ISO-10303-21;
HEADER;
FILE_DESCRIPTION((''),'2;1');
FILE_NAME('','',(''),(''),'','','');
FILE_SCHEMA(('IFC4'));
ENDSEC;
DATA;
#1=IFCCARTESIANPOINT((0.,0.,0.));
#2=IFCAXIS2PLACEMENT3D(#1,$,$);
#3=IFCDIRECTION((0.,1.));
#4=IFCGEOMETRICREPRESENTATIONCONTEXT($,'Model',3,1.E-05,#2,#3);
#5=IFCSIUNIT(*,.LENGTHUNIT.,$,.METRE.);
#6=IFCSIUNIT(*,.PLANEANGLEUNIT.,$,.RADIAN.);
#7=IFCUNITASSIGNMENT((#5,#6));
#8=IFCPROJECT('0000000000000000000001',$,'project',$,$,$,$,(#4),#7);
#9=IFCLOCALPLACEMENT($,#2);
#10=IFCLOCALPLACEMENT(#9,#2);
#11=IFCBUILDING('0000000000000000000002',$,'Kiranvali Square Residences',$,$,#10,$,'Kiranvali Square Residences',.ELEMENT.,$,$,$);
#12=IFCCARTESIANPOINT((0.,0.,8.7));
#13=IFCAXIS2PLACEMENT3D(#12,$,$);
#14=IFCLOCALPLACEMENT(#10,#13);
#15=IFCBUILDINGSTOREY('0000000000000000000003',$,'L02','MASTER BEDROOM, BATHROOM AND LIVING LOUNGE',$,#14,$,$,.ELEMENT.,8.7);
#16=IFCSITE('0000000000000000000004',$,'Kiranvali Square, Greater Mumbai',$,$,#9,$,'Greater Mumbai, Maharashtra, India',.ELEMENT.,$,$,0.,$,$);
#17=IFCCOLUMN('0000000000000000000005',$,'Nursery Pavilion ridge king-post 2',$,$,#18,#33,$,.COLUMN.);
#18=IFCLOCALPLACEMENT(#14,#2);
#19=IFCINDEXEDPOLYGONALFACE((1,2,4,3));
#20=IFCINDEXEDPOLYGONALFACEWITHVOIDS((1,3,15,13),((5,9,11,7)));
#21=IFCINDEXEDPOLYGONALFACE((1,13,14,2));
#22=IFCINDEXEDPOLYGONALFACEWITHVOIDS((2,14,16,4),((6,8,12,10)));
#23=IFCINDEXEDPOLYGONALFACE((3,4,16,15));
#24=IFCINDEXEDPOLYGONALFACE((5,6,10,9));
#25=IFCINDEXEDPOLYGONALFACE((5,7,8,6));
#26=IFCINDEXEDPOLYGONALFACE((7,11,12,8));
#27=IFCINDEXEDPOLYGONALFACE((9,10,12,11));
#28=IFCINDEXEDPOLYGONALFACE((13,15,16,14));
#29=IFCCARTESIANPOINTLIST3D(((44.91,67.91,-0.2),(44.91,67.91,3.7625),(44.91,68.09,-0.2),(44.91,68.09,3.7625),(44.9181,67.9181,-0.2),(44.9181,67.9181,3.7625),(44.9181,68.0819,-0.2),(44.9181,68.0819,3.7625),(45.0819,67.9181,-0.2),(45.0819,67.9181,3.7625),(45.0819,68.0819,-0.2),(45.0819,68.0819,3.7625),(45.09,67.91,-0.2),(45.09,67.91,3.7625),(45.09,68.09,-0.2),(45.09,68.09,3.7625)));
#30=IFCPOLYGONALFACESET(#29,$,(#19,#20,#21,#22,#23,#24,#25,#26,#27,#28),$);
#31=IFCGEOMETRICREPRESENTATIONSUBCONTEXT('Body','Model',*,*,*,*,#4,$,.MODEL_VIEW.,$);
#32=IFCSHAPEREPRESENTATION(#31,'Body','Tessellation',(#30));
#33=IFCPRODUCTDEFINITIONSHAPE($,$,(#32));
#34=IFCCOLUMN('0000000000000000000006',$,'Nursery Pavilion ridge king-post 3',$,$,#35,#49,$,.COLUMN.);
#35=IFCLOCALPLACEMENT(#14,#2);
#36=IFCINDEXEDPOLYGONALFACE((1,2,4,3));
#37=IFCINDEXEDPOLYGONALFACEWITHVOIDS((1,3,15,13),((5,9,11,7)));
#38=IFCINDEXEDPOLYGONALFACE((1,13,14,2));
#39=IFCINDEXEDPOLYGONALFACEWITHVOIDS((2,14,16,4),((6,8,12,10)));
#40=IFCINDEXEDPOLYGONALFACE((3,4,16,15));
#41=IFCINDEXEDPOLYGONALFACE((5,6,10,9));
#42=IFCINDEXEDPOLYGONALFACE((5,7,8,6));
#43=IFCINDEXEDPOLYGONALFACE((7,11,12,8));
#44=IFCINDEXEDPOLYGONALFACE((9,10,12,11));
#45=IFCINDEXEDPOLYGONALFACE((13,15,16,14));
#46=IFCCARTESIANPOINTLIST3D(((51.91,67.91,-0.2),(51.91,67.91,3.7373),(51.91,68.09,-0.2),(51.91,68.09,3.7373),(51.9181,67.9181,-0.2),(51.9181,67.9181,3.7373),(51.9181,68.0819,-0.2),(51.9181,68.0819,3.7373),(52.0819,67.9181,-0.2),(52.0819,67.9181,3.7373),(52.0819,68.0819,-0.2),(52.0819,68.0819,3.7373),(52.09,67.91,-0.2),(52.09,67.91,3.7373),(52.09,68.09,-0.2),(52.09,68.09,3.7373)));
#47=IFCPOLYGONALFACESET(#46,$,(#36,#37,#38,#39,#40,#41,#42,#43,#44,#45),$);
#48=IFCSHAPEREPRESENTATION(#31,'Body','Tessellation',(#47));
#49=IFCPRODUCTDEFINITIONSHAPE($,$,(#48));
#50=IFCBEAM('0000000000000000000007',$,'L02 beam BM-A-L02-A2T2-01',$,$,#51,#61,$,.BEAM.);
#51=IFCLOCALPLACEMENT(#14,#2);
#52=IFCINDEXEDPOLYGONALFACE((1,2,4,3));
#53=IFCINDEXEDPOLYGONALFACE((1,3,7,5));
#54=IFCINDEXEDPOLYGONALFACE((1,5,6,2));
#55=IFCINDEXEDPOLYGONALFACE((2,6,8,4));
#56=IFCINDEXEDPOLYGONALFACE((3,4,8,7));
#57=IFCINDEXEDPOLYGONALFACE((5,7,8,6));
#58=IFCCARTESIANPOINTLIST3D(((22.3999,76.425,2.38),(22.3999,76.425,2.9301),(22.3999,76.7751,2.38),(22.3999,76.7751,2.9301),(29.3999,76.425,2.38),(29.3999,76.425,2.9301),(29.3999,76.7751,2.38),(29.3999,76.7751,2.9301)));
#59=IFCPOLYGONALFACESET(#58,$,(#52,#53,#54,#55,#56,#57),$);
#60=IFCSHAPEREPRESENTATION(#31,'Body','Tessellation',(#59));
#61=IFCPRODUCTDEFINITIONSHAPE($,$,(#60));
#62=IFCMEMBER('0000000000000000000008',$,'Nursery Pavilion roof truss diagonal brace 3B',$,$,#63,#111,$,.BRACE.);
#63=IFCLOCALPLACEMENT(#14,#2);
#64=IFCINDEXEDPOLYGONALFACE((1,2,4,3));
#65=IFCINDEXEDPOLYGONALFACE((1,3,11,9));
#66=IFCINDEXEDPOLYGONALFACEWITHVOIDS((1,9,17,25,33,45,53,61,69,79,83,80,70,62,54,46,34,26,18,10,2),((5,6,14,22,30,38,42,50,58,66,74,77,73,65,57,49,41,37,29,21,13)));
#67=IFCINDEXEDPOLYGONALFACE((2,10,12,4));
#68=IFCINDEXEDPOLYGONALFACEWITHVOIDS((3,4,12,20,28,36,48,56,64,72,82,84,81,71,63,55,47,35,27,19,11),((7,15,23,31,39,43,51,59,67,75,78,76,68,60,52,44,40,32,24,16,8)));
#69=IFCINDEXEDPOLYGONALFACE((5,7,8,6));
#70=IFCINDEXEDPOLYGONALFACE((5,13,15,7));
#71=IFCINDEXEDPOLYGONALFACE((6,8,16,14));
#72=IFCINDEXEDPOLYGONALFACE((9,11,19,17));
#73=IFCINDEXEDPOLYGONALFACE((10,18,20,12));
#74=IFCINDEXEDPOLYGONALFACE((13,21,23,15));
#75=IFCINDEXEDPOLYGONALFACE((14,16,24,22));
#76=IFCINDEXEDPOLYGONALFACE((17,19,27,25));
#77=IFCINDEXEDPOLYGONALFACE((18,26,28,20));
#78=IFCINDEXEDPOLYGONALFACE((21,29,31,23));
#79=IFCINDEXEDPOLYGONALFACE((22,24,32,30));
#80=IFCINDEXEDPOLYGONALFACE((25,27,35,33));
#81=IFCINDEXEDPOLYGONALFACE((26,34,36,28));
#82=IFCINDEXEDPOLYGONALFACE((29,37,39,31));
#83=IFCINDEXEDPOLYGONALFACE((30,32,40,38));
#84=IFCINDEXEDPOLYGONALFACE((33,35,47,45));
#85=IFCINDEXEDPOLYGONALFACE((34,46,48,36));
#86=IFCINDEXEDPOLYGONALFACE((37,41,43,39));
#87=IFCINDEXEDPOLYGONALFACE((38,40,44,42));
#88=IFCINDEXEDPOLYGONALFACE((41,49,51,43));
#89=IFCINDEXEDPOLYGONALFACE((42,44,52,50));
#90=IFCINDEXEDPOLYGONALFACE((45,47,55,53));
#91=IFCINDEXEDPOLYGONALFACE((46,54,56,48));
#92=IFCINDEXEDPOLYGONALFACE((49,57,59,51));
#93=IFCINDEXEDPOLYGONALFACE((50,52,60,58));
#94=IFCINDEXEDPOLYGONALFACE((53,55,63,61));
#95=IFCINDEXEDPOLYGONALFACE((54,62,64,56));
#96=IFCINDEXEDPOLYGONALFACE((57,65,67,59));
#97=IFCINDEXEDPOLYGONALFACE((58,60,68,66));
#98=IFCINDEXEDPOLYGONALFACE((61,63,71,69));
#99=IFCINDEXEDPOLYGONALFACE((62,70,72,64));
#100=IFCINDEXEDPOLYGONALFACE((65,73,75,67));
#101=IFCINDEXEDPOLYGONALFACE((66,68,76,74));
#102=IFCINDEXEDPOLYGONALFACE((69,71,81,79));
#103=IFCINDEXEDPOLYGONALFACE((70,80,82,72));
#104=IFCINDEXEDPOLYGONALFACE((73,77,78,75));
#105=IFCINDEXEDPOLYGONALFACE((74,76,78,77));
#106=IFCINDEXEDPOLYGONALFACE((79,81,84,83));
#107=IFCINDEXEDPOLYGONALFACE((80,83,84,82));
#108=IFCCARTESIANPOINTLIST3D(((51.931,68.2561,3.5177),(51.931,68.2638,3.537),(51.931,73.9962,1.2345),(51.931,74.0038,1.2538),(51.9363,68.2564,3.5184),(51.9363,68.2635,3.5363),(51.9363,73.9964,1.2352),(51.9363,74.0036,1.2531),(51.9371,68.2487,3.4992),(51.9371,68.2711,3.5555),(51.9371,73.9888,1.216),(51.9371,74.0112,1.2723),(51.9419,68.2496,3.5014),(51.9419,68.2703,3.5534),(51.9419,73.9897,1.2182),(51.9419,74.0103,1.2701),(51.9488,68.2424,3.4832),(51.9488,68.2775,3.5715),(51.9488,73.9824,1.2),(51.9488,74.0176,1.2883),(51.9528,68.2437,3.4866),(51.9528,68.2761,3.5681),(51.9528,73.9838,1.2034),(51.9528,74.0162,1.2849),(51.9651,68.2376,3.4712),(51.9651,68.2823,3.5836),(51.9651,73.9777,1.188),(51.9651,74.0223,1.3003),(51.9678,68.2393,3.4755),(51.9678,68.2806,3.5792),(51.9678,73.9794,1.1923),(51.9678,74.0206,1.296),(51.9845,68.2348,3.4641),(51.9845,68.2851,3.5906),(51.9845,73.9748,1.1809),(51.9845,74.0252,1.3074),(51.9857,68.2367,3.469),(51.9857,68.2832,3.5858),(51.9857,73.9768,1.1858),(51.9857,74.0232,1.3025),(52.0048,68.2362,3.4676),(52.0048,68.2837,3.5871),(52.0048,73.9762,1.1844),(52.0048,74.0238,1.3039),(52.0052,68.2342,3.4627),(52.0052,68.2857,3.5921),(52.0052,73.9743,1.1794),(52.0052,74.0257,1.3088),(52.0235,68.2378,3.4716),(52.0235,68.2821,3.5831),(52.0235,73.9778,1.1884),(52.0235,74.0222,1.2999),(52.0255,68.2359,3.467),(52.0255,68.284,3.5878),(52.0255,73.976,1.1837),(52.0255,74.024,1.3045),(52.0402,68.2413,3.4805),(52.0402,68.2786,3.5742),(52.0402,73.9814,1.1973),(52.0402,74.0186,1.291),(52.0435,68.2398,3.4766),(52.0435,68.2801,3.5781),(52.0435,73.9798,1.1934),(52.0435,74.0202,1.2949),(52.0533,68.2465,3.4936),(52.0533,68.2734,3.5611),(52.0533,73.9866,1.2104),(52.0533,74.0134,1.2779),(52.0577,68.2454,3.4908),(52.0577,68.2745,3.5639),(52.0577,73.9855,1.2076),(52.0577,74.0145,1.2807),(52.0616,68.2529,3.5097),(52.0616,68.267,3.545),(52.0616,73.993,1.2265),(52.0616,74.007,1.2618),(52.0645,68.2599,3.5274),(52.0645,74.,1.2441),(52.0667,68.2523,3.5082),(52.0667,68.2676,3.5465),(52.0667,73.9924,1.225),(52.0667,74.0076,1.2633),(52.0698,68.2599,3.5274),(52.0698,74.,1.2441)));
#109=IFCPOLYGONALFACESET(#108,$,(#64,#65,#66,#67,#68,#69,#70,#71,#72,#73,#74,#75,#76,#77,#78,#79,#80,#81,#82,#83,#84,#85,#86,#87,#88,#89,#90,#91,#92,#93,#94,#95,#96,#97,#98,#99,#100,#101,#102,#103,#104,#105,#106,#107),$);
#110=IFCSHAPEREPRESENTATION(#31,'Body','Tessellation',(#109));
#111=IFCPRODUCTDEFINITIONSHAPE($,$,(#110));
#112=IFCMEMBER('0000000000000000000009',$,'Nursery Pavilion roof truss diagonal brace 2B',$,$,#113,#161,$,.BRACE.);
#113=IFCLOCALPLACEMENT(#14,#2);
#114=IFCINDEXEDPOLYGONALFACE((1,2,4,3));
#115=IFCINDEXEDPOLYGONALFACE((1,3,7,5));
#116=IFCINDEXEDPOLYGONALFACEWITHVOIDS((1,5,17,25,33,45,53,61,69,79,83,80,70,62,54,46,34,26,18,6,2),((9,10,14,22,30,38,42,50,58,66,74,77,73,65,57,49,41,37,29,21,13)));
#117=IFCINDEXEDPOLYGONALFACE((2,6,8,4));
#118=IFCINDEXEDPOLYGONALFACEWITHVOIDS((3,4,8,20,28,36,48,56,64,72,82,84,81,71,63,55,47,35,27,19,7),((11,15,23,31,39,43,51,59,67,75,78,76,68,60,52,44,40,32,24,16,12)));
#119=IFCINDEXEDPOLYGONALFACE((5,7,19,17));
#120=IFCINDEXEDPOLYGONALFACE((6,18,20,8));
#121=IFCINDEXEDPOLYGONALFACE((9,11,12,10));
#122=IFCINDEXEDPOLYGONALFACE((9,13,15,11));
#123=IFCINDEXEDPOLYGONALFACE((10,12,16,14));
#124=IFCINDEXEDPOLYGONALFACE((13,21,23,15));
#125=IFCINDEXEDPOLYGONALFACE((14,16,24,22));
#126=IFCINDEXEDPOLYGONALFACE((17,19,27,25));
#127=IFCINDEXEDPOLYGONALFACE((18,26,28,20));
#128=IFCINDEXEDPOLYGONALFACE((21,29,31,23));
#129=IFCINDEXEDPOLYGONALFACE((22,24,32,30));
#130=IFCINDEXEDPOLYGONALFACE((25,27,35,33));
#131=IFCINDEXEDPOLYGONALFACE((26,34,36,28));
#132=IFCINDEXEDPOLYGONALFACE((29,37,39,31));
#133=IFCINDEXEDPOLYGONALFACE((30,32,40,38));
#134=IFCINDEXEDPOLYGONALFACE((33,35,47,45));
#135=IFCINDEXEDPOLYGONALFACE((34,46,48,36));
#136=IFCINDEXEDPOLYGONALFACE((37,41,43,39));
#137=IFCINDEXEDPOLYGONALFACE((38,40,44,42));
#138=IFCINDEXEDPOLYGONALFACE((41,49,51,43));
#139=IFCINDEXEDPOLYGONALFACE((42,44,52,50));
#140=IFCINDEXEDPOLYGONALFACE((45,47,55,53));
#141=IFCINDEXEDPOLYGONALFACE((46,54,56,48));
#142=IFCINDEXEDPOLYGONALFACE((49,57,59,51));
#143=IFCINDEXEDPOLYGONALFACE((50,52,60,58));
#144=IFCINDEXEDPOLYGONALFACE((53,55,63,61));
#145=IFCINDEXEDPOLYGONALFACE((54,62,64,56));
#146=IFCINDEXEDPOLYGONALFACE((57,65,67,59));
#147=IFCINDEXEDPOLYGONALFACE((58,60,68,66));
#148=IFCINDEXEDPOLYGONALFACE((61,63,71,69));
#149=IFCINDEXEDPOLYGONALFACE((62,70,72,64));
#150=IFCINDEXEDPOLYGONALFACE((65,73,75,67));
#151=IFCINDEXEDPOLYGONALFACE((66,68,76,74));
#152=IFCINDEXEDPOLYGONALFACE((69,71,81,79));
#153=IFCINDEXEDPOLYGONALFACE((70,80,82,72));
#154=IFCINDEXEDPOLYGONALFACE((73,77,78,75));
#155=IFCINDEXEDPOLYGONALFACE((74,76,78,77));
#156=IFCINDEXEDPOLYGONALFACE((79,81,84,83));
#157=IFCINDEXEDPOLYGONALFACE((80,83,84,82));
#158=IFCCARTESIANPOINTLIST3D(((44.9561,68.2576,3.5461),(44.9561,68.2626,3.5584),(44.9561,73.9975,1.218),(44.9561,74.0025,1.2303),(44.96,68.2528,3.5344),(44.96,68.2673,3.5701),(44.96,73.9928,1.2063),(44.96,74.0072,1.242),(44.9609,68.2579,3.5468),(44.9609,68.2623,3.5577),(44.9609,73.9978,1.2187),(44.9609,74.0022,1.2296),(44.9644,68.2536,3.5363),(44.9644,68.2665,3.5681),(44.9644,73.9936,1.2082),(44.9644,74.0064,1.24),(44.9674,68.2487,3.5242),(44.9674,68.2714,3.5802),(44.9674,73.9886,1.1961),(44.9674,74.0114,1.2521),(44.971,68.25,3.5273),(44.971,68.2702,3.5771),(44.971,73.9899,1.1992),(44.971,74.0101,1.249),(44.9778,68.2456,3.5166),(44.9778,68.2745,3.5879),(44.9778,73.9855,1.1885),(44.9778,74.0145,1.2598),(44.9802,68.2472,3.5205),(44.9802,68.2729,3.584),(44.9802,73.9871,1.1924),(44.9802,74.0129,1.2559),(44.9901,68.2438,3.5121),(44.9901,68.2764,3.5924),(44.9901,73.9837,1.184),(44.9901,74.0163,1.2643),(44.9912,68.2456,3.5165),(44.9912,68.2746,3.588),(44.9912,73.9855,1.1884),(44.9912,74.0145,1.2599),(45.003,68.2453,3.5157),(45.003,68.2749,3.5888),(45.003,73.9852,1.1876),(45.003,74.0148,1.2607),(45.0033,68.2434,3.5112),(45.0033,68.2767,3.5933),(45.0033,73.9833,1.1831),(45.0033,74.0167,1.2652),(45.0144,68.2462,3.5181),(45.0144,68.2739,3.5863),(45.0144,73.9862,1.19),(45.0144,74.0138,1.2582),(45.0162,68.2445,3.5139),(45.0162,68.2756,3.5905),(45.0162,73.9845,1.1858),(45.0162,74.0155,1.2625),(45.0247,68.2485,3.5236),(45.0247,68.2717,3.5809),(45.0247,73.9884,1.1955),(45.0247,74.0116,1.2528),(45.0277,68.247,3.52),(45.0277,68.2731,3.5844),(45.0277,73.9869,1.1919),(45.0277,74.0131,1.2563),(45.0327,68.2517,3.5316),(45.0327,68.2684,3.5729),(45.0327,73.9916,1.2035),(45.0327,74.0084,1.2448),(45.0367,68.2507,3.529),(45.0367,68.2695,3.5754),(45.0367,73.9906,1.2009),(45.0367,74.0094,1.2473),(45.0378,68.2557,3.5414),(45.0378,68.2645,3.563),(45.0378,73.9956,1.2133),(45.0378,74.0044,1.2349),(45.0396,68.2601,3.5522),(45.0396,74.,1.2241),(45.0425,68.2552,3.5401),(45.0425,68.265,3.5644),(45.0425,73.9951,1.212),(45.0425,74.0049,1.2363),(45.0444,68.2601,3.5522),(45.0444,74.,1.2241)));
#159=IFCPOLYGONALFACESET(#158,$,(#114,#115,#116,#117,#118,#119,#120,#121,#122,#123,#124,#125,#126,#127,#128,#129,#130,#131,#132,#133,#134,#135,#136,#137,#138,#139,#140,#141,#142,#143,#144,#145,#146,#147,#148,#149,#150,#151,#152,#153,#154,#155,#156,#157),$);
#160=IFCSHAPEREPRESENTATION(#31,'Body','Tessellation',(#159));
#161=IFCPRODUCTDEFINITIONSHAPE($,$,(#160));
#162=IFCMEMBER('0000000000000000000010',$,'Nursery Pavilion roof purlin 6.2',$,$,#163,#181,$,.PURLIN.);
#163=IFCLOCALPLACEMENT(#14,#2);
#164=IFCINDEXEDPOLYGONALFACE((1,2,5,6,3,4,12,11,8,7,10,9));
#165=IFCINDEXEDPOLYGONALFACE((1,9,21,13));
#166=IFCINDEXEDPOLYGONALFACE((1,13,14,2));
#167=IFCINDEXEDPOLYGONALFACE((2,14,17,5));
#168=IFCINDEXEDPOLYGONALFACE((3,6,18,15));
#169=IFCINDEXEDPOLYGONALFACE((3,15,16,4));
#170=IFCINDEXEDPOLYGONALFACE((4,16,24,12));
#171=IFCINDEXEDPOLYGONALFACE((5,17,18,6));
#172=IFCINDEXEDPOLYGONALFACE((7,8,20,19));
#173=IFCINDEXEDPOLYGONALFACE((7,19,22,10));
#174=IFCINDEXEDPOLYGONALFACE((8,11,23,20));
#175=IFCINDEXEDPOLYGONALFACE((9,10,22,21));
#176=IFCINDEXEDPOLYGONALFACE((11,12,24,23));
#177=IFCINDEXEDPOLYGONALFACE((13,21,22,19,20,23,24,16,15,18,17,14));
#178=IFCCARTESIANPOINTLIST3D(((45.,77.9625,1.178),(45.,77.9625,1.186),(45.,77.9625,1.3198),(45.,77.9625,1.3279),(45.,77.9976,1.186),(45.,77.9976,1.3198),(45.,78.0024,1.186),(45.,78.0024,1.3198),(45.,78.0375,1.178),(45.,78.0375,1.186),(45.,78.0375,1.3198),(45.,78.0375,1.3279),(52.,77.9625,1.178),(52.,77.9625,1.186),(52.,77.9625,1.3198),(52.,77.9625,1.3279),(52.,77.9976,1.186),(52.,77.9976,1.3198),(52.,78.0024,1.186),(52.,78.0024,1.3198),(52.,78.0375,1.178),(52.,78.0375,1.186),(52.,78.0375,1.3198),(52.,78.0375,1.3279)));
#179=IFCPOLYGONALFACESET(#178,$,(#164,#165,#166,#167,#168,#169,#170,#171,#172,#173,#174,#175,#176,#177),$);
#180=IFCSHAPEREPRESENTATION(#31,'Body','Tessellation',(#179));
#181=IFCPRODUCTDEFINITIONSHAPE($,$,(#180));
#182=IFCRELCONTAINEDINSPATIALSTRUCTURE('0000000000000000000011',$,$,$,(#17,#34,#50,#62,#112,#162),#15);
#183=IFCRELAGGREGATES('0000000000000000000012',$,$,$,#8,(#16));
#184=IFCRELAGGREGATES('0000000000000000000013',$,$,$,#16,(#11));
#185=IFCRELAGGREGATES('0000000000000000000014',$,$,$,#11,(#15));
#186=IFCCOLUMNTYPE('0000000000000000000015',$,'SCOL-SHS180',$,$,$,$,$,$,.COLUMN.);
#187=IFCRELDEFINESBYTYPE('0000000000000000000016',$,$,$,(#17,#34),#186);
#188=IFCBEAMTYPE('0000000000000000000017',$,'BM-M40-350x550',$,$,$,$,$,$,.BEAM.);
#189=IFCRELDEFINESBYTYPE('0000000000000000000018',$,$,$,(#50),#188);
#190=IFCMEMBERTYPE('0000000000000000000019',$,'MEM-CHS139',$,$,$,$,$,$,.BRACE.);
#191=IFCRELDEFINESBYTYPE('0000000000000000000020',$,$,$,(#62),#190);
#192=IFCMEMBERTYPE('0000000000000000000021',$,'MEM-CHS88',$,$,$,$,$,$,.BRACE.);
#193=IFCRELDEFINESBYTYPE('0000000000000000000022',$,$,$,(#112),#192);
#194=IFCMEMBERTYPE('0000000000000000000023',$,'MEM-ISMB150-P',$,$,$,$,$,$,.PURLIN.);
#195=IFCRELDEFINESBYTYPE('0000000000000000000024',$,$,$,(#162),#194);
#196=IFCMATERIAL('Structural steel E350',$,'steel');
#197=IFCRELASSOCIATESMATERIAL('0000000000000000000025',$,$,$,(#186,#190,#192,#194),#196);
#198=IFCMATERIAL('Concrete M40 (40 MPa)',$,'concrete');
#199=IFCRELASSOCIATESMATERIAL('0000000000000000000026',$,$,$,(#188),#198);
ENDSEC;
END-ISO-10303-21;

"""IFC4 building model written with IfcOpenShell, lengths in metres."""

from ifc_helpers import new_model, si_unit, direction, frame, origin, origin_2d, place, context, subcontext, project, spatial, rectangle, hollow_rectangle, hollow_circle, i_section, extrude, material, material_profile, profile_set, type_object, element, save


model = new_model("IFC4")

# Units and contexts
model_context = context("Model", 3, precision=1e-05, world=origin(), true_north=direction((0.0, 1.0)))
body_context = subcontext(model_context, "Body", "Model", "MODEL_VIEW")
ifc_project = project(units=[si_unit("LENGTHUNIT", "METRE"), si_unit("PLANEANGLEUNIT", "RADIAN")], contexts=[model_context])

# Site, building, storey
site_placement = place(None, origin())
site = spatial("IfcSite", under=ifc_project, at=site_placement, Name="Kiranvali Square, Greater Mumbai", LongName="Greater Mumbai, Maharashtra, India", CompositionType="ELEMENT", RefElevation=0.0)
building_placement = place(site_placement, origin())
building = spatial("IfcBuilding", under=site, at=building_placement, Name="Kiranvali Square Residences", LongName="Kiranvali Square Residences", CompositionType="ELEMENT")
storey_placement = place(building_placement, frame((0.0, 0.0, 8.7)))
storey = spatial("IfcBuildingStorey", under=building, at=storey_placement, Name="L02", Description="MASTER BEDROOM, BATHROOM AND LIVING LOUNGE", CompositionType="ELEMENT", Elevation=8.7)

# Columns
ifc_material_1 = material(Name="Structural steel E350", Category="steel")
ifc_material_profile_1 = material_profile(ifc_material_1, hollow_rectangle(XDim=0.1799, YDim=0.1799, WallThickness=0.0081, at=origin_2d()), Name="SHS 180x180x8.0")
ifc_profile_set_1 = profile_set([ifc_material_profile_1], Name="Structural steel E350")
column_type = type_object("IfcColumnType", Name="SCOL-SHS180", PredefinedType="COLUMN", material=ifc_profile_set_1)
column_1_placement = place(storey_placement, frame((45.0, 68.0, -0.2), z_axis=(0.0, 0.0, 1.0), x_axis=(1.0, 0.0, 0.0)))
element("IfcColumn", 1, at=column_1_placement, inside=storey, type_object=column_type, Name="Nursery Pavilion ridge king-post 2", PredefinedType="COLUMN", context=body_context, shape_type="SweptSolid", body=[
    extrude(hollow_rectangle(XDim=0.1799, YDim=0.1799, WallThickness=0.0081, at=origin_2d()), origin(), (0.0, 0.0, 1.0), 3.9624),
])
column_2_placement = place(storey_placement, frame((52.0, 68.0, -0.2), z_axis=(0.0, 0.0, 1.0), x_axis=(1.0, 0.0, 0.0)))
element("IfcColumn", 2, at=column_2_placement, inside=storey, type_object=column_type, Name="Nursery Pavilion ridge king-post 3", PredefinedType="COLUMN", context=body_context, shape_type="SweptSolid", body=[
    extrude(hollow_rectangle(XDim=0.1799, YDim=0.1799, WallThickness=0.0081, at=origin_2d()), origin(), (0.0, 0.0, 1.0), 3.9373),
])

# Beam
ifc_material_2 = material(Name="Concrete M40 (40 MPa)", Category="concrete")
ifc_material_profile_2 = material_profile(ifc_material_2, rectangle(XDim=0.3501, YDim=0.55, at=origin_2d()), Name="RC 350x550")
ifc_profile_set_2 = profile_set([ifc_material_profile_2], Name="Concrete M40 (40 MPa)")
beam_type_1 = type_object("IfcBeamType", Name="BM-M40-350x550", PredefinedType="BEAM", material=ifc_profile_set_2)
beam_1_placement = place(storey_placement, frame((29.3999, 76.6001, 2.655), z_axis=(-1.0, 0.0, 0.0), x_axis=(0.0, -1.0, 0.0)))
element("IfcBeam", 3, at=beam_1_placement, inside=storey, type_object=beam_type_1, Name="L02 beam BM-A-L02-A2T2-01", PredefinedType="BEAM", context=body_context, shape_type="SweptSolid", body=[
    extrude(rectangle(XDim=0.3501, YDim=0.55, at=origin_2d()), origin(), (0.0, 0.0, 1.0), 7.0),
])

# Members
ifc_material_profile_3 = material_profile(ifc_material_1, hollow_circle(Radius=0.0698, WallThickness=0.0054, at=origin_2d()), Name="CHS 139.7x5.4")
ifc_profile_set_3 = profile_set([ifc_material_profile_3], Name="Structural steel E350")
member_type_1 = type_object("IfcMemberType", Name="MEM-CHS139", PredefinedType="BRACE", material=ifc_profile_set_3)
member_1_placement = place(storey_placement, frame((52.0, 74.0, 1.2441), z_axis=(0.0, -0.929189, 0.369605), x_axis=(1.0, 0.0, 0.0)))
element("IfcMember", 4, at=member_1_placement, inside=storey, type_object=member_type_1, Name="Nursery Pavilion roof truss diagonal brace 3B", PredefinedType="BRACE", context=body_context, shape_type="SweptSolid", body=[
    extrude(hollow_circle(Radius=0.0698, WallThickness=0.0054, at=origin_2d()), origin(), (0.0, 0.0, 1.0), 6.1775),
])
ifc_material_profile_4 = material_profile(ifc_material_1, hollow_circle(Radius=0.0444, WallThickness=0.0049, at=origin_2d()), Name="CHS 88.9x4.8")
ifc_profile_set_4 = profile_set([ifc_material_profile_4], Name="Structural steel E350")
member_type_2 = type_object("IfcMemberType", Name="MEM-CHS88", PredefinedType="BRACE", material=ifc_profile_set_4)
member_2_placement = place(storey_placement, frame((45.0, 74.0, 1.2241), z_axis=(0.0, -0.926677, 0.375858), x_axis=(1.0, 0.0, 0.0)))
element("IfcMember", 5, at=member_2_placement, inside=storey, type_object=member_type_2, Name="Nursery Pavilion roof truss diagonal brace 2B", PredefinedType="BRACE", context=body_context, shape_type="SweptSolid", body=[
    extrude(hollow_circle(Radius=0.0444, WallThickness=0.0049, at=origin_2d()), origin(), (0.0, 0.0, 1.0), 6.1941),
])
ifc_material_profile_5 = material_profile(ifc_material_1, i_section(OverallWidth=0.075, OverallDepth=0.1499, WebThickness=0.0049, FlangeThickness=0.0081, at=origin_2d()), Name="ISMB 150")
ifc_profile_set_5 = profile_set([ifc_material_profile_5], Name="Structural steel E350")
member_type_3 = type_object("IfcMemberType", Name="MEM-ISMB150-P", PredefinedType="PURLIN", material=ifc_profile_set_5)
member_3_placement = place(storey_placement, frame((45.0, 78.0, 1.2529), z_axis=(1.0, 0.0, 0.0), x_axis=(0.0, 1.0, 0.0)))
element("IfcMember", 6, at=member_3_placement, inside=storey, type_object=member_type_3, Name="Nursery Pavilion roof purlin 6.2", PredefinedType="PURLIN", context=body_context, shape_type="SweptSolid", body=[
    extrude(i_section(OverallWidth=0.075, OverallDepth=0.1499, WebThickness=0.0049, FlangeThickness=0.0081, at=origin_2d()), origin(), (0.0, 0.0, 1.0), 7.0),
])

save(model, "model.ifc")
